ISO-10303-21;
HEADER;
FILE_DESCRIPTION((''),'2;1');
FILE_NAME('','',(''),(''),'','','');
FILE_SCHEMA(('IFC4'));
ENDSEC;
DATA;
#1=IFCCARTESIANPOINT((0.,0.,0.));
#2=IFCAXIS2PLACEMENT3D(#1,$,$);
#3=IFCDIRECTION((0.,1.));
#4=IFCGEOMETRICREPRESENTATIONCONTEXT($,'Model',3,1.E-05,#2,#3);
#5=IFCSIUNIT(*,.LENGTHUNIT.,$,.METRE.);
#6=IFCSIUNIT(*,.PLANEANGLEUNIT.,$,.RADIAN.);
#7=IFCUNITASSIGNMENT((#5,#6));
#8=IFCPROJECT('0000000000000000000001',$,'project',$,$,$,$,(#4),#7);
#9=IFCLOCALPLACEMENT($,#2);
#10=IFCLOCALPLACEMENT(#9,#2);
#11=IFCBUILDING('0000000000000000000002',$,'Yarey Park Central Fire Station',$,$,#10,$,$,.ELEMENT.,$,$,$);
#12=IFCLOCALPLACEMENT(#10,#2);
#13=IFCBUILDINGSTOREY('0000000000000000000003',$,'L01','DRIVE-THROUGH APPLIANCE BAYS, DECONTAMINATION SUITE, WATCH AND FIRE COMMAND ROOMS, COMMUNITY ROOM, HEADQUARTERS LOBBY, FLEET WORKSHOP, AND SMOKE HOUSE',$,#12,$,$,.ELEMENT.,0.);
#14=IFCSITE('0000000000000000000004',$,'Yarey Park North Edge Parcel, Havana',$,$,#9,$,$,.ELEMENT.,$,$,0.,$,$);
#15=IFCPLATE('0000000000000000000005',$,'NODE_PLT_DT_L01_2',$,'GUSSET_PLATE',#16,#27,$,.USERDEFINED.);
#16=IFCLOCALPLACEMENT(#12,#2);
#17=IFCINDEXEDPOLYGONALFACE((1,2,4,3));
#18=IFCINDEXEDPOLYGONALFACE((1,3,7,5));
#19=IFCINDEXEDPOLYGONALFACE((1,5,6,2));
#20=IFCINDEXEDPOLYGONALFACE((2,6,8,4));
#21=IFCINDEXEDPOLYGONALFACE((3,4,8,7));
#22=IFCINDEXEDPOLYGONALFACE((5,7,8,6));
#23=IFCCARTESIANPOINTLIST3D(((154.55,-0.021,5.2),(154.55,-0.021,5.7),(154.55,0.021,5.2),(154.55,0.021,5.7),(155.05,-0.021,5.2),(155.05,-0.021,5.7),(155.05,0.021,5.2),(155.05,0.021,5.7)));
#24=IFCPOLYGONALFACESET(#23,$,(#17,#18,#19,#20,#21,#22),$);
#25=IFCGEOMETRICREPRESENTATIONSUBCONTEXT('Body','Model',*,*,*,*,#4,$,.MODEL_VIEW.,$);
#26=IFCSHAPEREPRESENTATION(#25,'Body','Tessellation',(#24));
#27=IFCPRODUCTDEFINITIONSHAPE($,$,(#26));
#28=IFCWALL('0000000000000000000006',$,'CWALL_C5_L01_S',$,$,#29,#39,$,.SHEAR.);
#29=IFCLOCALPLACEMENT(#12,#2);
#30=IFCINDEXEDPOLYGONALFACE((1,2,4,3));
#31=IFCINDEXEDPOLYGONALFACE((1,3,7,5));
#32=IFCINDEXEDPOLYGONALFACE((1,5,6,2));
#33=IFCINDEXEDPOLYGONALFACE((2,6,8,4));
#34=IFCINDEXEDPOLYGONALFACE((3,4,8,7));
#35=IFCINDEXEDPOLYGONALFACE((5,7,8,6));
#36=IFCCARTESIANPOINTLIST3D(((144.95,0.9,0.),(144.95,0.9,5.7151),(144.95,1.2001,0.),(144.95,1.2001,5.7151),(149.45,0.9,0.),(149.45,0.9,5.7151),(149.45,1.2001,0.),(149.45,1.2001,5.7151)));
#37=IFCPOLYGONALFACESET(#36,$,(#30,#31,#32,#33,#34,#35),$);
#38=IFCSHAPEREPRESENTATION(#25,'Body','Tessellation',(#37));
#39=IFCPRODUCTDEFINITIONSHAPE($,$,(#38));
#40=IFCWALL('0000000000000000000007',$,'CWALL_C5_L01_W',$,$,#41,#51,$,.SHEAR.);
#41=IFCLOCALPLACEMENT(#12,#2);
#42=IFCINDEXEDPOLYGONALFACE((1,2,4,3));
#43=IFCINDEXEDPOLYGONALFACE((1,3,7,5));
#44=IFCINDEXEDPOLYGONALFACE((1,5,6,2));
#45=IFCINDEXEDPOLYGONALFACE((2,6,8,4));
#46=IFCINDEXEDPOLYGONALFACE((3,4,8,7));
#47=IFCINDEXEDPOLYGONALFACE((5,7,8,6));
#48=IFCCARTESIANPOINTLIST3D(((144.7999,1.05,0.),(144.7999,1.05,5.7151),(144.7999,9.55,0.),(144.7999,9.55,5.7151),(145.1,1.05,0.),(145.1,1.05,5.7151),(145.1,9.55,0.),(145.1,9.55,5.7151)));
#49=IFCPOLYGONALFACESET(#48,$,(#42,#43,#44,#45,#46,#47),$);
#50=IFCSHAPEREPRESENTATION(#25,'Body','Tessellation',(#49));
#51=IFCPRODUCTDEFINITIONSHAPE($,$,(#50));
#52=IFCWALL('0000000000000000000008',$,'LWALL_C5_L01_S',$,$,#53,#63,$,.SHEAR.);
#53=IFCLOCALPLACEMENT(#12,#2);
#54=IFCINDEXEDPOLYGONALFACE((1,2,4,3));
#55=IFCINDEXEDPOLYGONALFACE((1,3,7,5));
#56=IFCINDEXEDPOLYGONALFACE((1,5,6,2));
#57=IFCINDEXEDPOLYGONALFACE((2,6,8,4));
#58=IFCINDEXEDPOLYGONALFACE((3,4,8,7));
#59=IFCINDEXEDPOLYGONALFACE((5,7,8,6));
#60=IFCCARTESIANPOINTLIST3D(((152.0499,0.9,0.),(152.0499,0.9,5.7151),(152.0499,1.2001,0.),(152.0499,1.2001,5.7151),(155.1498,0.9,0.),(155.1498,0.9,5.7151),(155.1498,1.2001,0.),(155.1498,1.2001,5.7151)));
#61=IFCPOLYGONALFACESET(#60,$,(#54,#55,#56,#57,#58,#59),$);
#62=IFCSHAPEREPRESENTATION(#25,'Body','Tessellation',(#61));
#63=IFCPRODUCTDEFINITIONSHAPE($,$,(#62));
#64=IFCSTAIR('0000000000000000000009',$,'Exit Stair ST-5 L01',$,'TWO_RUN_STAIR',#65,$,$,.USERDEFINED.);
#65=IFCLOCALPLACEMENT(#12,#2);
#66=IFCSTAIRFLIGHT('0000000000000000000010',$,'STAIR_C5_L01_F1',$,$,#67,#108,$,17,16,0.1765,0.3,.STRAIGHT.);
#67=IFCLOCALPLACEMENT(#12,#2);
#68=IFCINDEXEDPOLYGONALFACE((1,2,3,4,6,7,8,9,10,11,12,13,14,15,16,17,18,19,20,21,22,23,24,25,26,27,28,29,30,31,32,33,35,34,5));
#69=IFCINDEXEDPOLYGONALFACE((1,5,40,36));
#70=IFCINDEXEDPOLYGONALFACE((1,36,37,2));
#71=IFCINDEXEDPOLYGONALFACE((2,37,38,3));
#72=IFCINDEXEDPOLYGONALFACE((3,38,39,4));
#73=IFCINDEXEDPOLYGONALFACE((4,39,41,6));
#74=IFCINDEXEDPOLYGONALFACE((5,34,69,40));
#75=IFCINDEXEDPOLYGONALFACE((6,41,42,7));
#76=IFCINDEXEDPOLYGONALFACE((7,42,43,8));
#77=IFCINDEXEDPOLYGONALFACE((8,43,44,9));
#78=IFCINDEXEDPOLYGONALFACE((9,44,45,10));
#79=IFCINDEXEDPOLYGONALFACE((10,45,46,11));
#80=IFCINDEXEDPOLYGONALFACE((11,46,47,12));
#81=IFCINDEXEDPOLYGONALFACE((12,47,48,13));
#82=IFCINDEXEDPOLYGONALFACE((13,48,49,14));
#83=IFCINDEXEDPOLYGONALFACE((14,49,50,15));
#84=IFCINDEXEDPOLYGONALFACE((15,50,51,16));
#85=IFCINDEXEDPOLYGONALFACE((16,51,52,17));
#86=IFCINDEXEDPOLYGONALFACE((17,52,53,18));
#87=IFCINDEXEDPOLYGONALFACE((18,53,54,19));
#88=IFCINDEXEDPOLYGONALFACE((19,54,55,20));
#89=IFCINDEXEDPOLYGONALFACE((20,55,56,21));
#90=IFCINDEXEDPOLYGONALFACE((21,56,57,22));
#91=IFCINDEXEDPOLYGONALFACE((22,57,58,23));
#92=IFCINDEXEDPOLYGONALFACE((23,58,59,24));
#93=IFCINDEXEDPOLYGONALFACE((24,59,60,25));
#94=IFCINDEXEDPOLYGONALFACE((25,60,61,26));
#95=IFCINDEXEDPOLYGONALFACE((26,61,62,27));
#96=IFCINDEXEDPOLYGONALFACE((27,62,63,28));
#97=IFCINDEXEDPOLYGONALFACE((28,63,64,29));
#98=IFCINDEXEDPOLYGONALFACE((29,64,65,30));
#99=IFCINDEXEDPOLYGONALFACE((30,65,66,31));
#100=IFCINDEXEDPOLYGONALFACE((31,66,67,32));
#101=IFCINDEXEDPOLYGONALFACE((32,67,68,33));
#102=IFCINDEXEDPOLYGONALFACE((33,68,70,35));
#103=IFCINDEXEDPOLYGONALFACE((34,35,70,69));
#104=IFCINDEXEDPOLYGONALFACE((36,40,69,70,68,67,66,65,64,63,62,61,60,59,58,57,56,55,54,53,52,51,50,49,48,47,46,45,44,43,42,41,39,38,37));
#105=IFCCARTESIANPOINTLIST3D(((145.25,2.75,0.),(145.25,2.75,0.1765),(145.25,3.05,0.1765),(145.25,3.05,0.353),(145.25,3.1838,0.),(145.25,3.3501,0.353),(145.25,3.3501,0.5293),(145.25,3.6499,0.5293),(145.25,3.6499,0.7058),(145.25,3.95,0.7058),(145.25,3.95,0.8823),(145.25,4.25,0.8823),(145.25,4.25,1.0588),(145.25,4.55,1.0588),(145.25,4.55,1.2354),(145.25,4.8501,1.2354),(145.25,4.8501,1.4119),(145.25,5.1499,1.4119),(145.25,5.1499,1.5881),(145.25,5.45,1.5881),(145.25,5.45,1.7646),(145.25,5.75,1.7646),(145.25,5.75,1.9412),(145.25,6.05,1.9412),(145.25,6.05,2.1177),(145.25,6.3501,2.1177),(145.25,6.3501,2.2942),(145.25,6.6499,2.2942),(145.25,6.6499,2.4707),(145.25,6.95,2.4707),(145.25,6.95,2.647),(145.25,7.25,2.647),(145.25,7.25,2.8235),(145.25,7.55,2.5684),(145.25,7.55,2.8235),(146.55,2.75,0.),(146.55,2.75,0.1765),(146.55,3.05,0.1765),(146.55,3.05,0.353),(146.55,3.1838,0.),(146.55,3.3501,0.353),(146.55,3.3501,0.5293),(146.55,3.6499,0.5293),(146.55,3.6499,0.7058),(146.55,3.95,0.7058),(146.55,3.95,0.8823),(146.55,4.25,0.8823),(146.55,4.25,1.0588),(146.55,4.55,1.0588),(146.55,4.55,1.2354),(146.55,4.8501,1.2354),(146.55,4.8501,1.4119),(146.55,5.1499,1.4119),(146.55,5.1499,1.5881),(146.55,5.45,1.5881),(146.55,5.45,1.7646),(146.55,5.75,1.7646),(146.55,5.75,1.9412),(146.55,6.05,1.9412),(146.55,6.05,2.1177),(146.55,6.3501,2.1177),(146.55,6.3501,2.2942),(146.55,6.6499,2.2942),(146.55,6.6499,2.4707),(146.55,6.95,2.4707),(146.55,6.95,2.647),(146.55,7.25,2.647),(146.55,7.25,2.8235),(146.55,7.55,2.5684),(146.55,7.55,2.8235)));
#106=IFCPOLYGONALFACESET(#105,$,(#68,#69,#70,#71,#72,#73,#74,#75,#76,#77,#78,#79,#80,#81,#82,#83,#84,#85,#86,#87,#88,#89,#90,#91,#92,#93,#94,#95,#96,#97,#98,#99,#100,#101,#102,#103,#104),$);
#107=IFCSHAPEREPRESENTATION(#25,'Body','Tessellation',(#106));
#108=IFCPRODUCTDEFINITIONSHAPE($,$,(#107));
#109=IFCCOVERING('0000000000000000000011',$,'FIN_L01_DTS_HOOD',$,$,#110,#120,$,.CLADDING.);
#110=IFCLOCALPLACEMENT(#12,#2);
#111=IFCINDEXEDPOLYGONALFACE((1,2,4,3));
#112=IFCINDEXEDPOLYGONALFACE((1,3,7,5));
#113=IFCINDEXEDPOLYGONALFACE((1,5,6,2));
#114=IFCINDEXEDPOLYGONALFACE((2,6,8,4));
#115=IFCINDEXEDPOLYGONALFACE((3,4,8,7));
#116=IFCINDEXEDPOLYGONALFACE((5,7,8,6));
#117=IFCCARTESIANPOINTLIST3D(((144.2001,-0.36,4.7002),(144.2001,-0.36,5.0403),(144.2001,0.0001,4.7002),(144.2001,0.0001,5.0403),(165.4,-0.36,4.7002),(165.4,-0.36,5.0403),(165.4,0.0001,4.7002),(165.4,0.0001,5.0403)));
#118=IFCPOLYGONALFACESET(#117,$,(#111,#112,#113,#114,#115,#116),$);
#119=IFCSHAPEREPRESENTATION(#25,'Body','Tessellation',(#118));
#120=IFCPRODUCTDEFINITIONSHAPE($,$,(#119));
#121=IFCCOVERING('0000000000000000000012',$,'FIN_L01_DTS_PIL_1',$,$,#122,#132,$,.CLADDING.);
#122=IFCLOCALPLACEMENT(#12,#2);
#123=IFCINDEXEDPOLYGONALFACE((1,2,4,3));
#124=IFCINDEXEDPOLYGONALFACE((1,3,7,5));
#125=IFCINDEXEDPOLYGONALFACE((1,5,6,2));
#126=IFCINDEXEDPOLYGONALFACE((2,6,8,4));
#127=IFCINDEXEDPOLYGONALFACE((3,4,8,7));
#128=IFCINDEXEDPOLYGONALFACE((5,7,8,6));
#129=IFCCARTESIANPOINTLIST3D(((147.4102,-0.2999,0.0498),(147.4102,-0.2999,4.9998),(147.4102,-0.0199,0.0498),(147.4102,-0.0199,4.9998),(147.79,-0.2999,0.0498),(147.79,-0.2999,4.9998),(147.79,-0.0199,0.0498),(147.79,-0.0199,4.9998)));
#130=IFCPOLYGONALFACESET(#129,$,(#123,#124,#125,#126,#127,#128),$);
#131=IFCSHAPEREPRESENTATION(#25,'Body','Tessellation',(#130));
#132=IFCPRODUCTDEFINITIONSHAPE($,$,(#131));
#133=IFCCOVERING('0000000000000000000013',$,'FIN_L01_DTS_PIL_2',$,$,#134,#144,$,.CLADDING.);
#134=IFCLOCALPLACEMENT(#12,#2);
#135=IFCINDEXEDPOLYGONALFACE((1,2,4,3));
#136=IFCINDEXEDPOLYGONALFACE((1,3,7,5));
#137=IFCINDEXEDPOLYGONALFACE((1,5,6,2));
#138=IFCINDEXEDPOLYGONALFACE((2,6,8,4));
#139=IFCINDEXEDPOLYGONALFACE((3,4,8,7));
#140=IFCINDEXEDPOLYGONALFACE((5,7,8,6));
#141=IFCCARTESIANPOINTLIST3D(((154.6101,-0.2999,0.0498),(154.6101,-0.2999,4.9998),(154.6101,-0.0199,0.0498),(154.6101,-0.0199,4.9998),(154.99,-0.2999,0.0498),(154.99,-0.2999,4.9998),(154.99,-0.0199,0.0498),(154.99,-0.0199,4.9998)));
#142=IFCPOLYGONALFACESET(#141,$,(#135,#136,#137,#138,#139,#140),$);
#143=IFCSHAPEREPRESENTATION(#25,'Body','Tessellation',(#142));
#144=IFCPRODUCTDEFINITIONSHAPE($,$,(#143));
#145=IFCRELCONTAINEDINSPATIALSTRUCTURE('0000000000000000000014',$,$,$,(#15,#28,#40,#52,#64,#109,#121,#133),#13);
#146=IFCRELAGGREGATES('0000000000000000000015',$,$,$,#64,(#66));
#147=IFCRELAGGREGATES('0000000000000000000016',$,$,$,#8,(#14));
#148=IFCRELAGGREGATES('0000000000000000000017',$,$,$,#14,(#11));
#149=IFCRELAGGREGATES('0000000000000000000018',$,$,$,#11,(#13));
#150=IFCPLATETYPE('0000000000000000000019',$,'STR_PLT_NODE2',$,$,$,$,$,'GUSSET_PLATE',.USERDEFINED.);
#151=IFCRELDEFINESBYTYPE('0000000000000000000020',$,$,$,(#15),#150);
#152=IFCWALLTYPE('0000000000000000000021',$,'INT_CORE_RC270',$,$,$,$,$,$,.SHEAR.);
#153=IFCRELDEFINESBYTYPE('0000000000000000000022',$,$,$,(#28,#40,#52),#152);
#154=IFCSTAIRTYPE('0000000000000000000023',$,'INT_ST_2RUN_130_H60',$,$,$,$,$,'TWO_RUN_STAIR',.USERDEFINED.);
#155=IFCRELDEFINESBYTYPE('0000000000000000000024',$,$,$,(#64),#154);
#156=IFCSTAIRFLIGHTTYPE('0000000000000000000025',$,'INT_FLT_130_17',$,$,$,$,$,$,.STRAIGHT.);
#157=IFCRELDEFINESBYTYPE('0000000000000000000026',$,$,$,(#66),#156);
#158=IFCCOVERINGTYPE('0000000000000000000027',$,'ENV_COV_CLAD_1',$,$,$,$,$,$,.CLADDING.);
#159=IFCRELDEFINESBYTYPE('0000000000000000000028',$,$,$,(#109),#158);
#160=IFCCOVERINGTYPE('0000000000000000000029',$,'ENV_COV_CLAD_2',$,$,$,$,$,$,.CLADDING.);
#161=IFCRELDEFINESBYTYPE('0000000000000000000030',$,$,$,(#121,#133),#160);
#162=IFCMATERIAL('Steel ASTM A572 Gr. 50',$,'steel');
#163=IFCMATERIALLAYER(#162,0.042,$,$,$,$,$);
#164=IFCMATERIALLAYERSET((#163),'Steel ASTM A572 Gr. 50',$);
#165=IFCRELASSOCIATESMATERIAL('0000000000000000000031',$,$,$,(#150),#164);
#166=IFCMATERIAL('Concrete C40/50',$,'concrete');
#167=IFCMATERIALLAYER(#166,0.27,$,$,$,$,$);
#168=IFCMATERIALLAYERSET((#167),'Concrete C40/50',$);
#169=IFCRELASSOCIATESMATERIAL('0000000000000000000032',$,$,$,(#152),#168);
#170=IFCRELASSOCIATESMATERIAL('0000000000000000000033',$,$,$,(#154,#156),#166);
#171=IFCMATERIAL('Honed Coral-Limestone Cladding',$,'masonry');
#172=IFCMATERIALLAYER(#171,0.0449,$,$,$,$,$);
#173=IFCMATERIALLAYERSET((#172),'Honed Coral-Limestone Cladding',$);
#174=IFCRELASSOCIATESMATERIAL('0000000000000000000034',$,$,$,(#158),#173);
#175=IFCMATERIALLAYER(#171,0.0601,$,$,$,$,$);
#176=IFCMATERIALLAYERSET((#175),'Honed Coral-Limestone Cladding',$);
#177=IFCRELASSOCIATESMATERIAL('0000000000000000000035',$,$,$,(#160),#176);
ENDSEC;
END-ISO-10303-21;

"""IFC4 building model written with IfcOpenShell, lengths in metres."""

from ifc_helpers import new_model, si_unit, direction, frame, frame_2d, origin, origin_2d, place, context, subcontext, project, spatial, polyline, rectangle, outline, extrude, material, layer, layer_set, type_object, element, aggregate, save


model = new_model("IFC4")

# Units and contexts
model_context = context("Model", 3, precision=1e-05, world=origin(), true_north=direction((0.0, 1.0)))
body_context = subcontext(model_context, "Body", "Model", "MODEL_VIEW")
ifc_project = project(units=[si_unit("LENGTHUNIT", "METRE"), si_unit("PLANEANGLEUNIT", "RADIAN")], contexts=[model_context])

# Site, building, storey
site_placement = place(None, origin())
site = spatial("IfcSite", under=ifc_project, at=site_placement, Name="Yarey Park North Edge Parcel, Havana", CompositionType="ELEMENT", RefElevation=0.0)
building_placement = place(site_placement, origin())
building = spatial("IfcBuilding", under=site, at=building_placement, Name="Yarey Park Central Fire Station", CompositionType="ELEMENT")
storey_placement = place(building_placement, origin())
storey = spatial("IfcBuildingStorey", under=building, at=storey_placement, Name="L01", Description="DRIVE-THROUGH APPLIANCE BAYS, DECONTAMINATION SUITE, WATCH AND FIRE COMMAND ROOMS, COMMUNITY ROOM, HEADQUARTERS LOBBY, FLEET WORKSHOP, AND SMOKE HOUSE", CompositionType="ELEMENT", Elevation=0.0)

# Plate
ifc_material_1 = material(Name="Steel ASTM A572 Gr. 50", Category="steel")
ifc_layer_1 = layer(ifc_material_1, 0.042)
ifc_layer_set_1 = layer_set([ifc_layer_1], Name="Steel ASTM A572 Gr. 50")
plate_type = type_object("IfcPlateType", Name="STR_PLT_NODE2", ElementType="GUSSET_PLATE", PredefinedType="USERDEFINED", material=ifc_layer_set_1)
plate_placement = place(storey_placement, frame((154.8, 0.0, 5.2), z_axis=(0.0, 0.0, 1.0), x_axis=(1.0, 0.0, 0.0)))
element("IfcPlate", 1, at=plate_placement, inside=storey, type_object=plate_type, Name="NODE_PLT_DT_L01_2", ObjectType="GUSSET_PLATE", PredefinedType="USERDEFINED", context=body_context, shape_type="SweptSolid", body=[
    extrude(rectangle(XDim=0.5, YDim=0.042, at=origin_2d()), origin(), (0.0, 0.0, 1.0), 0.5),
])

# Walls
ifc_material_2 = material(Name="Concrete C40/50", Category="concrete")
ifc_layer_2 = layer(ifc_material_2, 0.27)
ifc_layer_set_2 = layer_set([ifc_layer_2], Name="Concrete C40/50")
wall_type = type_object("IfcWallType", Name="INT_CORE_RC270", PredefinedType="SHEAR", material=ifc_layer_set_2)
wall_1_placement = place(storey_placement, frame((144.95, 1.05, 0.0), z_axis=(0.0, 0.0, 1.0), x_axis=(1.0, 0.0, 0.0)))
element("IfcWall", 2, at=wall_1_placement, inside=storey, type_object=wall_type, Name="CWALL_C5_L01_S", PredefinedType="SHEAR", context=body_context, shape_type="SweptSolid", body=[
    extrude(rectangle(XDim=4.5, YDim=0.3, at=frame_2d((2.25, 0.0))), origin(), (0.0, 0.0, 1.0), 5.7151),
])
wall_2_placement = place(storey_placement, frame((144.95, 1.05, 0.0), z_axis=(0.0, 0.0, 1.0), x_axis=(0.0, 1.0, 0.0)))
element("IfcWall", 3, at=wall_2_placement, inside=storey, type_object=wall_type, Name="CWALL_C5_L01_W", PredefinedType="SHEAR", context=body_context, shape_type="SweptSolid", body=[
    extrude(rectangle(XDim=8.5, YDim=0.3, at=frame_2d((4.25, 0.0))), origin(), (0.0, 0.0, 1.0), 5.7151),
])
wall_3_placement = place(storey_placement, frame((152.05, 1.05, 0.0), z_axis=(0.0, 0.0, 1.0), x_axis=(1.0, 0.0, 0.0)))
element("IfcWall", 4, at=wall_3_placement, inside=storey, type_object=wall_type, Name="LWALL_C5_L01_S", PredefinedType="SHEAR", context=body_context, shape_type="SweptSolid", body=[
    extrude(rectangle(XDim=3.0999, YDim=0.3, at=frame_2d((1.5498, 0.0))), origin(), (0.0, 0.0, 1.0), 5.7151),
])

# Stair, stair flight
stair_type = type_object("IfcStairType", Name="INT_ST_2RUN_130_H60", ElementType="TWO_RUN_STAIR", PredefinedType="USERDEFINED", material=ifc_material_2)
stair_placement = place(storey_placement, origin())
stair = element("IfcStair", 5, at=stair_placement, inside=storey, type_object=stair_type, Name="Exit Stair ST-5 L01", ObjectType="TWO_RUN_STAIR", PredefinedType="USERDEFINED")
stair_flight_type = type_object("IfcStairFlightType", Name="INT_FLT_130_17", PredefinedType="STRAIGHT", material=ifc_material_2)
stair_flight_placement = place(storey_placement, frame((145.8999, 2.75, 0.0), z_axis=(0.0, 0.0, 1.0), x_axis=(0.0, 1.0, 0.0)))
stair_flight = element("IfcStairFlight", 6, at=stair_flight_placement, type_object=stair_flight_type, Name="STAIR_C5_L01_F1", NumberOfRisers=17, NumberOfTreads=16, PredefinedType="STRAIGHT", RiserHeight=0.1765, TreadLength=0.3, context=body_context, shape_type="SweptSolid", body=[
    extrude(outline(polyline([(0.0, 0.0), (0.0, 0.1765), (0.3, 0.1765), (0.3, 0.353), (0.6001, 0.353), (0.6001, 0.5293), (0.8999, 0.5293), (0.8999, 0.7058), (1.2, 0.7058), (1.2, 0.8823), (1.5, 0.8823), (1.5, 1.0588), (1.8, 1.0588), (1.8, 1.2354), (2.1001, 1.2354), (2.1001, 1.4119), (2.3999, 1.4119), (2.3999, 1.5881), (2.7, 1.5881), (2.7, 1.7646), (3.0, 1.7646), (3.0, 1.9412), (3.3, 1.9412), (3.3, 2.1177), (3.6001, 2.1177), (3.6001, 2.2942), (3.8999, 2.2942), (3.8999, 2.4707), (4.2, 2.4707), (4.2, 2.647), (4.5, 2.647), (4.5, 2.8235), (4.8, 2.8235), (4.8, 3.0), (4.8, 2.5684), (0.4338, 0.0), (0.0, 0.0)])), frame((0.0, 0.6499, 0.0), z_axis=(0.0, -1.0, 0.0), x_axis=(1.0, 0.0, 0.0)), (0.0, 0.0, 1.0), 1.3),
])
aggregate(stair, [stair_flight])

# Coverings
ifc_material_3 = material(Name="Honed Coral-Limestone Cladding", Category="masonry")
ifc_layer_3 = layer(ifc_material_3, 0.0449)
ifc_layer_set_3 = layer_set([ifc_layer_3], Name="Honed Coral-Limestone Cladding")
covering_type_1 = type_object("IfcCoveringType", Name="ENV_COV_CLAD_1", PredefinedType="CLADDING", material=ifc_layer_set_3)
covering_placement = place(storey_placement, frame((154.8, -0.1799, 4.7002), z_axis=(0.0, 0.0, 1.0), x_axis=(1.0, 0.0, 0.0)))
element("IfcCovering", 7, at=covering_placement, inside=storey, type_object=covering_type_1, Name="FIN_L01_DTS_HOOD", PredefinedType="CLADDING", context=body_context, shape_type="SweptSolid", body=[
    extrude(rectangle(XDim=21.2, YDim=0.3601, at=origin_2d()), origin(), (0.0, 0.0, 1.0), 0.3401),
])
ifc_layer_4 = layer(ifc_material_3, 0.0601)
ifc_layer_set_4 = layer_set([ifc_layer_4], Name="Honed Coral-Limestone Cladding")
covering_type_2 = type_object("IfcCoveringType", Name="ENV_COV_CLAD_2", PredefinedType="CLADDING", material=ifc_layer_set_4)
for number, where, z_axis, x_axis, name in (
    (8, (147.6001, -0.1599, 0.0498), (0.0, 0.0, 1.0), (1.0, 0.0, 0.0), "FIN_L01_DTS_PIL_1"),
    (9, (154.8, -0.1599, 0.0498), (0.0, 0.0, 1.0), (1.0, 0.0, 0.0), "FIN_L01_DTS_PIL_2"),
):
    element("IfcCovering", number, at=place(storey_placement, frame(where, z_axis=z_axis, x_axis=x_axis)), inside=storey, type_object=covering_type_2, Name=name, PredefinedType="CLADDING", context=body_context, shape_type="SweptSolid", body=[
        extrude(rectangle(XDim=0.3799, YDim=0.28, at=origin_2d()), origin(), (0.0, 0.0, 1.0), 4.95),
    ])

save(model, "model.ifc")
